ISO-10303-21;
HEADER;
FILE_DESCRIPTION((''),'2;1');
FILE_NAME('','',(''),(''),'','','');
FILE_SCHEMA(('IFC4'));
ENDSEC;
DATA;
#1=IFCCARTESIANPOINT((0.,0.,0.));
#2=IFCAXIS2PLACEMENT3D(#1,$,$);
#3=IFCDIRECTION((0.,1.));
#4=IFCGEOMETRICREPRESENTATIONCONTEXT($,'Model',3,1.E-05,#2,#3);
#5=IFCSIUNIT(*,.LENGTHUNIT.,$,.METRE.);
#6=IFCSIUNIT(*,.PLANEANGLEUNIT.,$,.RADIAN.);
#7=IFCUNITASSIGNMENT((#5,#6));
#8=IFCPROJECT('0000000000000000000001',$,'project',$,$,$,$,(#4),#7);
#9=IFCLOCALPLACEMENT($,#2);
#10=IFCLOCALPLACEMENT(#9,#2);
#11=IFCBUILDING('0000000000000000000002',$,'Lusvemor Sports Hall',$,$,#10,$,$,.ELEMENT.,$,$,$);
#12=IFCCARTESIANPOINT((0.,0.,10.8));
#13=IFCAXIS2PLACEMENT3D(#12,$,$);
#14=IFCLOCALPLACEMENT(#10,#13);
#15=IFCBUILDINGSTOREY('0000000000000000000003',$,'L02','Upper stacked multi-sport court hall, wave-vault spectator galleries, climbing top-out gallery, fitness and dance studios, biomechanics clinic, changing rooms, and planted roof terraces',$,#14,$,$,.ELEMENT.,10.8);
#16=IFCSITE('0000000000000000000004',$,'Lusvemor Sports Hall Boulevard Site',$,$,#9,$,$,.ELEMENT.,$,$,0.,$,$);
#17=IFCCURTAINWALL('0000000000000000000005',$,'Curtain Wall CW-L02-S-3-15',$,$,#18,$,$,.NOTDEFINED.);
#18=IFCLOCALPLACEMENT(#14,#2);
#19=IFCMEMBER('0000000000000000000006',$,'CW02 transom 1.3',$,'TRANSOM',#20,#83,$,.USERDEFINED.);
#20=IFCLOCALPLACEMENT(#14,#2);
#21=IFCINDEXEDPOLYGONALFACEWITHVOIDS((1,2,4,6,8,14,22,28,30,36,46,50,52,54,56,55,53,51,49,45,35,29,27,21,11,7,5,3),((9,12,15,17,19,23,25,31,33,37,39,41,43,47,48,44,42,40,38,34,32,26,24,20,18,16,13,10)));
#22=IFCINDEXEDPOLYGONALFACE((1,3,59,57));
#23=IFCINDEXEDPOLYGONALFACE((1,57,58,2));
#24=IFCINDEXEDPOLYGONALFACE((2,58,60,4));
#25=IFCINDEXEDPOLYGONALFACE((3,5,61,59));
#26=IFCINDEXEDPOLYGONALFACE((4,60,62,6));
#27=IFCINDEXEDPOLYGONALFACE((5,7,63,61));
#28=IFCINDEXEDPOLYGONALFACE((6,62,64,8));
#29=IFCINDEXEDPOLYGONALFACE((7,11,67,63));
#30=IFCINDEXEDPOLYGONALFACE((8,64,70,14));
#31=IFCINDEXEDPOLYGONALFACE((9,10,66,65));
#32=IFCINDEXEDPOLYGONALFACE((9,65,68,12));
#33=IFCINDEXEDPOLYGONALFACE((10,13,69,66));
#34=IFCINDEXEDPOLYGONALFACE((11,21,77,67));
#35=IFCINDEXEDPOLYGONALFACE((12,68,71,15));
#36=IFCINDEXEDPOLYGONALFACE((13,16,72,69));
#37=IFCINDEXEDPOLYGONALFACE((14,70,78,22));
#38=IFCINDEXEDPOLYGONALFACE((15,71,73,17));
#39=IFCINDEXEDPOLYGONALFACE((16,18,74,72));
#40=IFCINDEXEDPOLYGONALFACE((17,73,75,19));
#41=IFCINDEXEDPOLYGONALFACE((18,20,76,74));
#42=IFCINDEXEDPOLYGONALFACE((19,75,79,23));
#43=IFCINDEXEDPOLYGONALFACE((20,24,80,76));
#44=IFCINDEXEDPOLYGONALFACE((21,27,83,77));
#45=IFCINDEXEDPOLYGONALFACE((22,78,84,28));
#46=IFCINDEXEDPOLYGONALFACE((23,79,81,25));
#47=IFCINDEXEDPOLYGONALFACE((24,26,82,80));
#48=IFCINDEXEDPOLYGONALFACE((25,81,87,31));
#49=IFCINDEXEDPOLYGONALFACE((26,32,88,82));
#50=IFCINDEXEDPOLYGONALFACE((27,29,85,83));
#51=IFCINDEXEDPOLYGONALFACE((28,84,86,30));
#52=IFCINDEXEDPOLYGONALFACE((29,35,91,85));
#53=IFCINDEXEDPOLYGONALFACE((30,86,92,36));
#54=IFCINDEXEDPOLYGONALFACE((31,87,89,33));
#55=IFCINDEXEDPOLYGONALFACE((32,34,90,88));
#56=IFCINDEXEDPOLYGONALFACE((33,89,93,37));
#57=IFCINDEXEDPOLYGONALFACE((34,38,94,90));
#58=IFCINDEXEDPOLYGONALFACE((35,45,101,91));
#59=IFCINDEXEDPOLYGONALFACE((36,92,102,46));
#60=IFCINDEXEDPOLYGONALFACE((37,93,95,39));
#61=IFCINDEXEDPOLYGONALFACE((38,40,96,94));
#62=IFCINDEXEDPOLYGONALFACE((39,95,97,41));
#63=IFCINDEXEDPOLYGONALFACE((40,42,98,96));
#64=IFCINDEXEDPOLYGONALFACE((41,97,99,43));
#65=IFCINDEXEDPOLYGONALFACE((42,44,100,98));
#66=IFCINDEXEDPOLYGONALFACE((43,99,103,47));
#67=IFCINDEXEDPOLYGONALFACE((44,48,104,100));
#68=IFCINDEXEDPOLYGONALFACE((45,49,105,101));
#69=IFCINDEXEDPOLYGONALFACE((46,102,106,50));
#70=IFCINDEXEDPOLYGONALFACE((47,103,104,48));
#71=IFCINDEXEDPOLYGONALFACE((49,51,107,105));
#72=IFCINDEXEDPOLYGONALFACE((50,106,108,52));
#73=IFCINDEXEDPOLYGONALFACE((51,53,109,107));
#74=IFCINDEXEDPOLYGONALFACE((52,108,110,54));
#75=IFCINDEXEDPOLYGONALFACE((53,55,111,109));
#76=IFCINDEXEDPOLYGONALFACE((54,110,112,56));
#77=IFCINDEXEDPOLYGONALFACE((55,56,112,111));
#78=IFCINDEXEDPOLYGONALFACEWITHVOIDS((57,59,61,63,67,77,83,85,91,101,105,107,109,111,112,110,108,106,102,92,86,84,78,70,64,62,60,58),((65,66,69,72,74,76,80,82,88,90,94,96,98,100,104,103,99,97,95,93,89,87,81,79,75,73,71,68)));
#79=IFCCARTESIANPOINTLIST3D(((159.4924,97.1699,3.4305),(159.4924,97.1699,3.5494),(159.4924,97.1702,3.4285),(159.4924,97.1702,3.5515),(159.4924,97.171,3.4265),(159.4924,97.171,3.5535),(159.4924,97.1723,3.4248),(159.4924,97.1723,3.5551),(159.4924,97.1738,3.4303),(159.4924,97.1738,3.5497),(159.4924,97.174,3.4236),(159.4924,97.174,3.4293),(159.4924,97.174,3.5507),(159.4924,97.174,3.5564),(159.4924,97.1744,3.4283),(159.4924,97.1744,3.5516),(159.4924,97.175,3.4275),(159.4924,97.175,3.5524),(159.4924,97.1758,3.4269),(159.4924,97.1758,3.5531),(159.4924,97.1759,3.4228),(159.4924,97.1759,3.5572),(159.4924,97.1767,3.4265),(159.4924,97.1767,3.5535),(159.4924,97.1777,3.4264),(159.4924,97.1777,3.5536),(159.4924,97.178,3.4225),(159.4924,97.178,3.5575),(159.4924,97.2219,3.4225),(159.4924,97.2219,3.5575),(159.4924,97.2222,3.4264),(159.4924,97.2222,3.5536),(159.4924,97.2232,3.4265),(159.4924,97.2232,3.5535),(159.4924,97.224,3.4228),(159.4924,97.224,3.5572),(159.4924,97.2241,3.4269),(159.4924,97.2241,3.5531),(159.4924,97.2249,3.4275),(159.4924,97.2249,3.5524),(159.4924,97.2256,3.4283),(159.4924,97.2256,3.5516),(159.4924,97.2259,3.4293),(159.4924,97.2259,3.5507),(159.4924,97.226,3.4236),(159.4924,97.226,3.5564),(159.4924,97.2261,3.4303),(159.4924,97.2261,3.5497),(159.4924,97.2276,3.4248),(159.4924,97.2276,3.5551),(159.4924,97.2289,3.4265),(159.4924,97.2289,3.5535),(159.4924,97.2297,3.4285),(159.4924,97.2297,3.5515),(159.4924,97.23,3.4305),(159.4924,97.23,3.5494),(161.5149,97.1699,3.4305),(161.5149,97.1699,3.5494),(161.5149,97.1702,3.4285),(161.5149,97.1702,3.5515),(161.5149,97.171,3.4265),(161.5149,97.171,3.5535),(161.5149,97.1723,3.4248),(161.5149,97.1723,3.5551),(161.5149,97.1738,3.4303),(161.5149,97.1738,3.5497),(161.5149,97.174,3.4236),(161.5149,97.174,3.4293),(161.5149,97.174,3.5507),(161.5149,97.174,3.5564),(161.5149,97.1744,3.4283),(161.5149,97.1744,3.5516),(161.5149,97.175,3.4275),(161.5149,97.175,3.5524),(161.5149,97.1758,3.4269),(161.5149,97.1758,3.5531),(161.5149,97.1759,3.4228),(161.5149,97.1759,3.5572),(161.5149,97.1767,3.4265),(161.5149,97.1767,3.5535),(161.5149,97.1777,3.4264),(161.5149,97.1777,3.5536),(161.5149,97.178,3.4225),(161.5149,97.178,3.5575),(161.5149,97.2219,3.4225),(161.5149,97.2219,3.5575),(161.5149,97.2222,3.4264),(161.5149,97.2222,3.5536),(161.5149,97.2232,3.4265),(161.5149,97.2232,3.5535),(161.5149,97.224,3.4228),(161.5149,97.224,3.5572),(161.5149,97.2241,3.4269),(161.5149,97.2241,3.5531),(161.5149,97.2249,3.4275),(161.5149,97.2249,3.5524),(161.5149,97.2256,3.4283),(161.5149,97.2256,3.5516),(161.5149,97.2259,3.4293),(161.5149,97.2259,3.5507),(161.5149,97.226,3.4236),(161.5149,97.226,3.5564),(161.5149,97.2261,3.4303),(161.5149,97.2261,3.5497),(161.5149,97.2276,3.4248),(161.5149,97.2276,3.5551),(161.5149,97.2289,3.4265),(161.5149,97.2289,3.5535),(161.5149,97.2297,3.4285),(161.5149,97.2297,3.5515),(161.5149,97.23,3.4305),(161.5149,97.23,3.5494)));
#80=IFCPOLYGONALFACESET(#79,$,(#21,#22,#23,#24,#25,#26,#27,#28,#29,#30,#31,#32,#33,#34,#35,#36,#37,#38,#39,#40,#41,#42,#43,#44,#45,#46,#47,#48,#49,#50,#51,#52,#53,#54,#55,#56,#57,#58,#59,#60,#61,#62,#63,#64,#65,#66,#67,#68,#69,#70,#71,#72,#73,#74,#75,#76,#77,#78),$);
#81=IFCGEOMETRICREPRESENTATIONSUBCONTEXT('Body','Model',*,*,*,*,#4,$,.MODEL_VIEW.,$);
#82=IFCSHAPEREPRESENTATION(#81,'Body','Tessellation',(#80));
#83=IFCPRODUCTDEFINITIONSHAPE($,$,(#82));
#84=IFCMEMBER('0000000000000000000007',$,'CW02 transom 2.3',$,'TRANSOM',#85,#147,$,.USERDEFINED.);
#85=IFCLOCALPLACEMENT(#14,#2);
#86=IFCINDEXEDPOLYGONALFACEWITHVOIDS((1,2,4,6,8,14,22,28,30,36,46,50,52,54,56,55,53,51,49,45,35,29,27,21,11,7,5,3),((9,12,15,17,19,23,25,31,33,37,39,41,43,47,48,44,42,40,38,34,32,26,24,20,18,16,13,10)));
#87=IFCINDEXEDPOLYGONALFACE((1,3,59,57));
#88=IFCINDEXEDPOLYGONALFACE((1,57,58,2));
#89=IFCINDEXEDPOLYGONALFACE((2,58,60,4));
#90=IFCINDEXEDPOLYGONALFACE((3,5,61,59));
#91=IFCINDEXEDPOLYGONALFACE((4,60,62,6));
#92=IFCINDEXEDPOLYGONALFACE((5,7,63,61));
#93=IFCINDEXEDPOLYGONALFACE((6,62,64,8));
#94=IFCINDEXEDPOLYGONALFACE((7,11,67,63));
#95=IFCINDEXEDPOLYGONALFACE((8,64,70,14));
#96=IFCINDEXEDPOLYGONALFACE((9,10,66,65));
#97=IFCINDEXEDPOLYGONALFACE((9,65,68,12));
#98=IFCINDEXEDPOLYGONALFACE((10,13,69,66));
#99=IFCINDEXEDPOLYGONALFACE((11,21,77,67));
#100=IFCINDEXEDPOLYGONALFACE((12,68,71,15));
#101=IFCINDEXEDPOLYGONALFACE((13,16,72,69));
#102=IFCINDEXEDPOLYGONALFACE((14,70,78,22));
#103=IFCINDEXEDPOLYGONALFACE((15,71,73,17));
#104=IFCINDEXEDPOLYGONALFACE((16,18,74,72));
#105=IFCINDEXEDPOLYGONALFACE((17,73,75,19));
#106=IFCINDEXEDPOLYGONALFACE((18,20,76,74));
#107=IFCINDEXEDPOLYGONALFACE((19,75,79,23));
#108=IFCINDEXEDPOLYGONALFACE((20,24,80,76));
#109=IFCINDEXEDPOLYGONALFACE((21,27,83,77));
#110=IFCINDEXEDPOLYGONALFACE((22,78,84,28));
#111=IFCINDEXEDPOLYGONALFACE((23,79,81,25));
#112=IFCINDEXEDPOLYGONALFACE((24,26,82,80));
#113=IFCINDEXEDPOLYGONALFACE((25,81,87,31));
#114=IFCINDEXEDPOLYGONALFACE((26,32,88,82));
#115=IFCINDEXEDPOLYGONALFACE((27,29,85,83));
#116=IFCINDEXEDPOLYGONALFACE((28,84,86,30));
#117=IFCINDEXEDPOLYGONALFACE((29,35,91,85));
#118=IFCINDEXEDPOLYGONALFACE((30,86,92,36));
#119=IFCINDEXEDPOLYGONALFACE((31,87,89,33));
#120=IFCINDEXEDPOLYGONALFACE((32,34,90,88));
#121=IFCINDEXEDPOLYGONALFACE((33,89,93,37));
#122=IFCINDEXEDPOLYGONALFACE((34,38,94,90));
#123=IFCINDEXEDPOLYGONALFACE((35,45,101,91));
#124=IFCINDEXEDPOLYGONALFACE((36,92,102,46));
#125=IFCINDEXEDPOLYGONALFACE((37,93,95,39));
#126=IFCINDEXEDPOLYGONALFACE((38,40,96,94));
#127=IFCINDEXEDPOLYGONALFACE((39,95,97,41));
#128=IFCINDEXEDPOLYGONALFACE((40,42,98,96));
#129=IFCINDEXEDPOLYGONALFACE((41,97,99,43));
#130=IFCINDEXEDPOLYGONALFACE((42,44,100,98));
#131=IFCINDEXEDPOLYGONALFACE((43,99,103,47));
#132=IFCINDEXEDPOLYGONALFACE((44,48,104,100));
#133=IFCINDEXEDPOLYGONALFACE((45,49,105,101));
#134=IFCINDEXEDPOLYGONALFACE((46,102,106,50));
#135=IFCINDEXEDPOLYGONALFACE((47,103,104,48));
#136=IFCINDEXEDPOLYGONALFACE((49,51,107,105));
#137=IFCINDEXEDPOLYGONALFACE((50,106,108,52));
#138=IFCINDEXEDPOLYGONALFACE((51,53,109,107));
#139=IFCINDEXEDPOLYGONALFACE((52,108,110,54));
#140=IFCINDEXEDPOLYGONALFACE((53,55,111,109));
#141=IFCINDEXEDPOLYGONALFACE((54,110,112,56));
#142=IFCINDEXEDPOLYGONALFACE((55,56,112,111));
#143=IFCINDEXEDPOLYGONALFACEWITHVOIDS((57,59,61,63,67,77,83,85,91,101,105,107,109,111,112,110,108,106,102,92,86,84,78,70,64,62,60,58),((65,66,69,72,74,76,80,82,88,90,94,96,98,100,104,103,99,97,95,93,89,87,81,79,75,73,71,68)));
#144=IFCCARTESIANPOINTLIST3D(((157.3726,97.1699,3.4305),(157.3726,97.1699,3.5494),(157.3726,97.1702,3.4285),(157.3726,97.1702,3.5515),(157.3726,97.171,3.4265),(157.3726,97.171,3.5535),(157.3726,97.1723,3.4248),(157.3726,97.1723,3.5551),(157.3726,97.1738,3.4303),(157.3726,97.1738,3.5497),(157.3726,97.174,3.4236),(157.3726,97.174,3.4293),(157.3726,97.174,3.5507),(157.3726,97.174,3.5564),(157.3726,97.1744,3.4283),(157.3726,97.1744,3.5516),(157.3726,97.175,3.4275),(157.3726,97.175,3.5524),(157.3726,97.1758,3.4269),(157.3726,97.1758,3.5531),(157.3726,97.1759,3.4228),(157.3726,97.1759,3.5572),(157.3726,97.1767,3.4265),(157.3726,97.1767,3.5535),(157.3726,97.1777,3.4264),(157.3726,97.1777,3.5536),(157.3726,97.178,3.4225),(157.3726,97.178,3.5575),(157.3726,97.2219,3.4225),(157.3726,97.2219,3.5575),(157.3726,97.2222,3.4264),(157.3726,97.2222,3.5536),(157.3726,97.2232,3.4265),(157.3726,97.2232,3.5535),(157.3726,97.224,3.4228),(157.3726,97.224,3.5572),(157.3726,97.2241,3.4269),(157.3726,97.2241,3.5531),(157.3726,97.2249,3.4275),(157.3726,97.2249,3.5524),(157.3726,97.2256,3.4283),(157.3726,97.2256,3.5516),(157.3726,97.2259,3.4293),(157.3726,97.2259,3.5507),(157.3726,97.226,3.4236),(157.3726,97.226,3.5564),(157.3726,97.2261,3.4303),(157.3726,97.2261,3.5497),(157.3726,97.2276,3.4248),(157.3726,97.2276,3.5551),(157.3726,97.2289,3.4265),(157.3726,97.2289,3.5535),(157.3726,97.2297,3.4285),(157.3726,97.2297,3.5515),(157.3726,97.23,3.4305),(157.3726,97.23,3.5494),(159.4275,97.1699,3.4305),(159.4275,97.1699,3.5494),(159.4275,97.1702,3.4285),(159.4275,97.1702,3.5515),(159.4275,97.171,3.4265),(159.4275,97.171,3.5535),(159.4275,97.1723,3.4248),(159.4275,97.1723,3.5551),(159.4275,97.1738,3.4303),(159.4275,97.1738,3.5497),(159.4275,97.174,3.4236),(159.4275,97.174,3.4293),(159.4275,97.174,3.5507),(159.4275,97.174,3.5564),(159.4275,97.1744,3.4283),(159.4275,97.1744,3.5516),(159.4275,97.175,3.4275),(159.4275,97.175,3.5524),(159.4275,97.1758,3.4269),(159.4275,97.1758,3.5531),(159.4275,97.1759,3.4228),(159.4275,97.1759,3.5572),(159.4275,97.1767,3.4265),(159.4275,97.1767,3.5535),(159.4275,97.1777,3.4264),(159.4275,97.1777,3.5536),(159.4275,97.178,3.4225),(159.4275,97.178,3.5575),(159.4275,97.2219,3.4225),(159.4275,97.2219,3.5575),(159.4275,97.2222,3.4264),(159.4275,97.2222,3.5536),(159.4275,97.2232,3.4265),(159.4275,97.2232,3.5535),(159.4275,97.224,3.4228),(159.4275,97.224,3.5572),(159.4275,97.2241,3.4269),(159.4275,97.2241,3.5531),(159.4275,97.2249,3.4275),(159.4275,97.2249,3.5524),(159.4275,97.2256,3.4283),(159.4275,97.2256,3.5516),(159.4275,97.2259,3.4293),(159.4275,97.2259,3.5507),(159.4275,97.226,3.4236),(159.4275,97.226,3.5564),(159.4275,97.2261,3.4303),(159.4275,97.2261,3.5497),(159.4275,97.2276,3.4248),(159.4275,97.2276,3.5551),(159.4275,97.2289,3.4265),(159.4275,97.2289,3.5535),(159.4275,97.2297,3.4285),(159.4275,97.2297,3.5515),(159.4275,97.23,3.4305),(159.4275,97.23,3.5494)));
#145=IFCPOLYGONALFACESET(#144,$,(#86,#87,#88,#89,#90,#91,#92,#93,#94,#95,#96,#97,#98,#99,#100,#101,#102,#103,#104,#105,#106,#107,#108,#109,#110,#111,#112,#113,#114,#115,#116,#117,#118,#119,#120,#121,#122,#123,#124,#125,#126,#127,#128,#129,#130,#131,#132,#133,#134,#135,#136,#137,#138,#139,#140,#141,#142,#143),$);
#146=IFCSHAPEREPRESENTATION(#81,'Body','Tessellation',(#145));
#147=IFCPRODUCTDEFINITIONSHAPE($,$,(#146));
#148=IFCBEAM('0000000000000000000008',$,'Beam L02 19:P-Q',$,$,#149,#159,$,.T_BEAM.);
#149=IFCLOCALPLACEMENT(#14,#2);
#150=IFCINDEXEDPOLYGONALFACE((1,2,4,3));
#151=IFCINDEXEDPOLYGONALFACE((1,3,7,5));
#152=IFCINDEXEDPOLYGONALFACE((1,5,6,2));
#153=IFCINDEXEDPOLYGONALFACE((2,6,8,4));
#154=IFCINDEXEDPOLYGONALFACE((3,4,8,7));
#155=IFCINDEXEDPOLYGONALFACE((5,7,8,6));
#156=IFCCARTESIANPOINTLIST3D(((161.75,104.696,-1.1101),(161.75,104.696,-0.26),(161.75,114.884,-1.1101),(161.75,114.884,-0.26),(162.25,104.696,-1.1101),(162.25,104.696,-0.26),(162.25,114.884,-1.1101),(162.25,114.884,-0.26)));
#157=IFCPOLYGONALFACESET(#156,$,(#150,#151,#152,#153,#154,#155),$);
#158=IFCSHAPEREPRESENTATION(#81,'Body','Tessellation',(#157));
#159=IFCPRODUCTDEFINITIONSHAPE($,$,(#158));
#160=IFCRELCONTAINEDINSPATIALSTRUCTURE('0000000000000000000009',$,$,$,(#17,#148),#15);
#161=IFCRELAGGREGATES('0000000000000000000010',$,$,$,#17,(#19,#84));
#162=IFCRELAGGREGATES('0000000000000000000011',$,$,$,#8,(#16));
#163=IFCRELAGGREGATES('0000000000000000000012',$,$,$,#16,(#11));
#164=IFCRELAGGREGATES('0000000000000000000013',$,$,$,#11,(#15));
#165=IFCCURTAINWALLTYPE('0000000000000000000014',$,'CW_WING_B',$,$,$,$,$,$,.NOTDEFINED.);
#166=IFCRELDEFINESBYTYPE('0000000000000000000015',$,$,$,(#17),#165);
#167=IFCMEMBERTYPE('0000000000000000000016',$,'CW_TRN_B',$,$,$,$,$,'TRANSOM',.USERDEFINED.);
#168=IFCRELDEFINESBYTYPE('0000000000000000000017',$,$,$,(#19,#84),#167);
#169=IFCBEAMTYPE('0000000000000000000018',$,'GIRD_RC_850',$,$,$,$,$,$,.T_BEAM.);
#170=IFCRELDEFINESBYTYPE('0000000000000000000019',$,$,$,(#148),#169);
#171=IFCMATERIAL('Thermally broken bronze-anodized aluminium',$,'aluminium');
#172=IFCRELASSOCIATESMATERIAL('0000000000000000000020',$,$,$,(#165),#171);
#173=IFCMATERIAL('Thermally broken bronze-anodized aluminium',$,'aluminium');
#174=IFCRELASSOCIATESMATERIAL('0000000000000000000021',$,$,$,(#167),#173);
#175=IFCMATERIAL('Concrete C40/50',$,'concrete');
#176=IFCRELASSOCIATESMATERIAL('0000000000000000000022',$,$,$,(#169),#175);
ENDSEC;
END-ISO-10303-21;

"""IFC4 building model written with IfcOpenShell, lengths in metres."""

from ifc_helpers import new_model, si_unit, direction, frame, origin, origin_2d, place, context, subcontext, project, spatial, rectangle, hollow_rectangle, extrude, material, material_profile, profile_set, type_object, element, aggregate, save


model = new_model("IFC4")

# Units and contexts
model_context = context("Model", 3, precision=1e-05, world=origin(), true_north=direction((0.0, 1.0)))
body_context = subcontext(model_context, "Body", "Model", "MODEL_VIEW")
ifc_project = project(units=[si_unit("LENGTHUNIT", "METRE"), si_unit("PLANEANGLEUNIT", "RADIAN")], contexts=[model_context])

# Site, building, storey
site_placement = place(None, origin())
site = spatial("IfcSite", under=ifc_project, at=site_placement, Name="Lusvemor Sports Hall Boulevard Site", CompositionType="ELEMENT", RefElevation=0.0)
building_placement = place(site_placement, origin())
building = spatial("IfcBuilding", under=site, at=building_placement, Name="Lusvemor Sports Hall", CompositionType="ELEMENT")
storey_placement = place(building_placement, frame((0.0, 0.0, 10.8)))
storey = spatial("IfcBuildingStorey", under=building, at=storey_placement, Name="L02", Description="Upper stacked multi-sport court hall, wave-vault spectator galleries, climbing top-out gallery, fitness and dance studios, biomechanics clinic, changing rooms, and planted roof terraces", CompositionType="ELEMENT", Elevation=10.8)

# Shared definitions
ifc_material_1 = material(Name="Thermally broken bronze-anodized aluminium", Category="aluminium")
curtain_wall_type = type_object("IfcCurtainWallType", Name="CW_WING_B", PredefinedType="NOTDEFINED", material=ifc_material_1)

# Curtain wall, members
curtain_wall_1_placement = place(storey_placement, origin())
curtain_wall_1 = element("IfcCurtainWall", 1, at=curtain_wall_1_placement, inside=storey, type_object=curtain_wall_type, Name="Curtain Wall CW-L02-S-3-15", PredefinedType="NOTDEFINED")
ifc_material_2 = material(Name="Thermally broken bronze-anodized aluminium", Category="aluminium")
ifc_material_profile_1 = material_profile(ifc_material_2, hollow_rectangle(XDim=0.0601, YDim=0.135, WallThickness=0.0039, InnerFilletRadius=0.0039, OuterFilletRadius=0.0081, at=origin_2d()), Name="CWTRN135x60x4")
ifc_profile_set_1 = profile_set([ifc_material_profile_1], Name="Thermally broken bronze-anodized aluminium")
member_type_1 = type_object("IfcMemberType", Name="CW_TRN_B", ElementType="TRANSOM", PredefinedType="USERDEFINED", material=ifc_profile_set_1)
member_1_placement = place(storey_placement, frame((161.5149, 97.2, 3.49), z_axis=(-1.0, 0.0, 0.0), x_axis=(0.0, -1.0, 0.0)))
member_1 = element("IfcMember", 2, at=member_1_placement, type_object=member_type_1, Name="CW02 transom 1.3", ObjectType="TRANSOM", PredefinedType="USERDEFINED", context=body_context, shape_type="SweptSolid", body=[
    extrude(hollow_rectangle(XDim=0.0601, YDim=0.135, WallThickness=0.0039, InnerFilletRadius=0.0039, OuterFilletRadius=0.0081, at=origin_2d()), origin(), (0.0, 0.0, 1.0), 2.0225),
])
member_2_placement = place(storey_placement, frame((159.4275, 97.2, 3.49), z_axis=(-1.0, 0.0, 0.0), x_axis=(0.0, -1.0, 0.0)))
member_2 = element("IfcMember", 3, at=member_2_placement, type_object=member_type_1, Name="CW02 transom 2.3", ObjectType="TRANSOM", PredefinedType="USERDEFINED", context=body_context, shape_type="SweptSolid", body=[
    extrude(hollow_rectangle(XDim=0.0601, YDim=0.135, WallThickness=0.0039, InnerFilletRadius=0.0039, OuterFilletRadius=0.0081, at=origin_2d()), origin(), (0.0, 0.0, 1.0), 2.0549),
])

# Beam
ifc_material_3 = material(Name="Concrete C40/50", Category="concrete")
ifc_material_profile_2 = material_profile(ifc_material_3, rectangle(XDim=0.5, YDim=0.8501, at=origin_2d()), Name="RC500x850")
ifc_profile_set_2 = profile_set([ifc_material_profile_2], Name="Concrete C40/50")
beam_type_1 = type_object("IfcBeamType", Name="GIRD_RC_850", PredefinedType="T_BEAM", material=ifc_profile_set_2)
beam_1_placement = place(storey_placement, frame((162.0, 104.696, -0.6851), z_axis=(0.0, 1.0, 0.0), x_axis=(-1.0, 0.0, 0.0)))
element("IfcBeam", 4, at=beam_1_placement, inside=storey, type_object=beam_type_1, Name="Beam L02 19:P-Q", PredefinedType="T_BEAM", context=body_context, shape_type="SweptSolid", body=[
    extrude(rectangle(XDim=0.5, YDim=0.8501, at=origin_2d()), origin(), (0.0, 0.0, 1.0), 10.188),
])

aggregate(curtain_wall_1, [member_1, member_2])

save(model, "model.ifc")
